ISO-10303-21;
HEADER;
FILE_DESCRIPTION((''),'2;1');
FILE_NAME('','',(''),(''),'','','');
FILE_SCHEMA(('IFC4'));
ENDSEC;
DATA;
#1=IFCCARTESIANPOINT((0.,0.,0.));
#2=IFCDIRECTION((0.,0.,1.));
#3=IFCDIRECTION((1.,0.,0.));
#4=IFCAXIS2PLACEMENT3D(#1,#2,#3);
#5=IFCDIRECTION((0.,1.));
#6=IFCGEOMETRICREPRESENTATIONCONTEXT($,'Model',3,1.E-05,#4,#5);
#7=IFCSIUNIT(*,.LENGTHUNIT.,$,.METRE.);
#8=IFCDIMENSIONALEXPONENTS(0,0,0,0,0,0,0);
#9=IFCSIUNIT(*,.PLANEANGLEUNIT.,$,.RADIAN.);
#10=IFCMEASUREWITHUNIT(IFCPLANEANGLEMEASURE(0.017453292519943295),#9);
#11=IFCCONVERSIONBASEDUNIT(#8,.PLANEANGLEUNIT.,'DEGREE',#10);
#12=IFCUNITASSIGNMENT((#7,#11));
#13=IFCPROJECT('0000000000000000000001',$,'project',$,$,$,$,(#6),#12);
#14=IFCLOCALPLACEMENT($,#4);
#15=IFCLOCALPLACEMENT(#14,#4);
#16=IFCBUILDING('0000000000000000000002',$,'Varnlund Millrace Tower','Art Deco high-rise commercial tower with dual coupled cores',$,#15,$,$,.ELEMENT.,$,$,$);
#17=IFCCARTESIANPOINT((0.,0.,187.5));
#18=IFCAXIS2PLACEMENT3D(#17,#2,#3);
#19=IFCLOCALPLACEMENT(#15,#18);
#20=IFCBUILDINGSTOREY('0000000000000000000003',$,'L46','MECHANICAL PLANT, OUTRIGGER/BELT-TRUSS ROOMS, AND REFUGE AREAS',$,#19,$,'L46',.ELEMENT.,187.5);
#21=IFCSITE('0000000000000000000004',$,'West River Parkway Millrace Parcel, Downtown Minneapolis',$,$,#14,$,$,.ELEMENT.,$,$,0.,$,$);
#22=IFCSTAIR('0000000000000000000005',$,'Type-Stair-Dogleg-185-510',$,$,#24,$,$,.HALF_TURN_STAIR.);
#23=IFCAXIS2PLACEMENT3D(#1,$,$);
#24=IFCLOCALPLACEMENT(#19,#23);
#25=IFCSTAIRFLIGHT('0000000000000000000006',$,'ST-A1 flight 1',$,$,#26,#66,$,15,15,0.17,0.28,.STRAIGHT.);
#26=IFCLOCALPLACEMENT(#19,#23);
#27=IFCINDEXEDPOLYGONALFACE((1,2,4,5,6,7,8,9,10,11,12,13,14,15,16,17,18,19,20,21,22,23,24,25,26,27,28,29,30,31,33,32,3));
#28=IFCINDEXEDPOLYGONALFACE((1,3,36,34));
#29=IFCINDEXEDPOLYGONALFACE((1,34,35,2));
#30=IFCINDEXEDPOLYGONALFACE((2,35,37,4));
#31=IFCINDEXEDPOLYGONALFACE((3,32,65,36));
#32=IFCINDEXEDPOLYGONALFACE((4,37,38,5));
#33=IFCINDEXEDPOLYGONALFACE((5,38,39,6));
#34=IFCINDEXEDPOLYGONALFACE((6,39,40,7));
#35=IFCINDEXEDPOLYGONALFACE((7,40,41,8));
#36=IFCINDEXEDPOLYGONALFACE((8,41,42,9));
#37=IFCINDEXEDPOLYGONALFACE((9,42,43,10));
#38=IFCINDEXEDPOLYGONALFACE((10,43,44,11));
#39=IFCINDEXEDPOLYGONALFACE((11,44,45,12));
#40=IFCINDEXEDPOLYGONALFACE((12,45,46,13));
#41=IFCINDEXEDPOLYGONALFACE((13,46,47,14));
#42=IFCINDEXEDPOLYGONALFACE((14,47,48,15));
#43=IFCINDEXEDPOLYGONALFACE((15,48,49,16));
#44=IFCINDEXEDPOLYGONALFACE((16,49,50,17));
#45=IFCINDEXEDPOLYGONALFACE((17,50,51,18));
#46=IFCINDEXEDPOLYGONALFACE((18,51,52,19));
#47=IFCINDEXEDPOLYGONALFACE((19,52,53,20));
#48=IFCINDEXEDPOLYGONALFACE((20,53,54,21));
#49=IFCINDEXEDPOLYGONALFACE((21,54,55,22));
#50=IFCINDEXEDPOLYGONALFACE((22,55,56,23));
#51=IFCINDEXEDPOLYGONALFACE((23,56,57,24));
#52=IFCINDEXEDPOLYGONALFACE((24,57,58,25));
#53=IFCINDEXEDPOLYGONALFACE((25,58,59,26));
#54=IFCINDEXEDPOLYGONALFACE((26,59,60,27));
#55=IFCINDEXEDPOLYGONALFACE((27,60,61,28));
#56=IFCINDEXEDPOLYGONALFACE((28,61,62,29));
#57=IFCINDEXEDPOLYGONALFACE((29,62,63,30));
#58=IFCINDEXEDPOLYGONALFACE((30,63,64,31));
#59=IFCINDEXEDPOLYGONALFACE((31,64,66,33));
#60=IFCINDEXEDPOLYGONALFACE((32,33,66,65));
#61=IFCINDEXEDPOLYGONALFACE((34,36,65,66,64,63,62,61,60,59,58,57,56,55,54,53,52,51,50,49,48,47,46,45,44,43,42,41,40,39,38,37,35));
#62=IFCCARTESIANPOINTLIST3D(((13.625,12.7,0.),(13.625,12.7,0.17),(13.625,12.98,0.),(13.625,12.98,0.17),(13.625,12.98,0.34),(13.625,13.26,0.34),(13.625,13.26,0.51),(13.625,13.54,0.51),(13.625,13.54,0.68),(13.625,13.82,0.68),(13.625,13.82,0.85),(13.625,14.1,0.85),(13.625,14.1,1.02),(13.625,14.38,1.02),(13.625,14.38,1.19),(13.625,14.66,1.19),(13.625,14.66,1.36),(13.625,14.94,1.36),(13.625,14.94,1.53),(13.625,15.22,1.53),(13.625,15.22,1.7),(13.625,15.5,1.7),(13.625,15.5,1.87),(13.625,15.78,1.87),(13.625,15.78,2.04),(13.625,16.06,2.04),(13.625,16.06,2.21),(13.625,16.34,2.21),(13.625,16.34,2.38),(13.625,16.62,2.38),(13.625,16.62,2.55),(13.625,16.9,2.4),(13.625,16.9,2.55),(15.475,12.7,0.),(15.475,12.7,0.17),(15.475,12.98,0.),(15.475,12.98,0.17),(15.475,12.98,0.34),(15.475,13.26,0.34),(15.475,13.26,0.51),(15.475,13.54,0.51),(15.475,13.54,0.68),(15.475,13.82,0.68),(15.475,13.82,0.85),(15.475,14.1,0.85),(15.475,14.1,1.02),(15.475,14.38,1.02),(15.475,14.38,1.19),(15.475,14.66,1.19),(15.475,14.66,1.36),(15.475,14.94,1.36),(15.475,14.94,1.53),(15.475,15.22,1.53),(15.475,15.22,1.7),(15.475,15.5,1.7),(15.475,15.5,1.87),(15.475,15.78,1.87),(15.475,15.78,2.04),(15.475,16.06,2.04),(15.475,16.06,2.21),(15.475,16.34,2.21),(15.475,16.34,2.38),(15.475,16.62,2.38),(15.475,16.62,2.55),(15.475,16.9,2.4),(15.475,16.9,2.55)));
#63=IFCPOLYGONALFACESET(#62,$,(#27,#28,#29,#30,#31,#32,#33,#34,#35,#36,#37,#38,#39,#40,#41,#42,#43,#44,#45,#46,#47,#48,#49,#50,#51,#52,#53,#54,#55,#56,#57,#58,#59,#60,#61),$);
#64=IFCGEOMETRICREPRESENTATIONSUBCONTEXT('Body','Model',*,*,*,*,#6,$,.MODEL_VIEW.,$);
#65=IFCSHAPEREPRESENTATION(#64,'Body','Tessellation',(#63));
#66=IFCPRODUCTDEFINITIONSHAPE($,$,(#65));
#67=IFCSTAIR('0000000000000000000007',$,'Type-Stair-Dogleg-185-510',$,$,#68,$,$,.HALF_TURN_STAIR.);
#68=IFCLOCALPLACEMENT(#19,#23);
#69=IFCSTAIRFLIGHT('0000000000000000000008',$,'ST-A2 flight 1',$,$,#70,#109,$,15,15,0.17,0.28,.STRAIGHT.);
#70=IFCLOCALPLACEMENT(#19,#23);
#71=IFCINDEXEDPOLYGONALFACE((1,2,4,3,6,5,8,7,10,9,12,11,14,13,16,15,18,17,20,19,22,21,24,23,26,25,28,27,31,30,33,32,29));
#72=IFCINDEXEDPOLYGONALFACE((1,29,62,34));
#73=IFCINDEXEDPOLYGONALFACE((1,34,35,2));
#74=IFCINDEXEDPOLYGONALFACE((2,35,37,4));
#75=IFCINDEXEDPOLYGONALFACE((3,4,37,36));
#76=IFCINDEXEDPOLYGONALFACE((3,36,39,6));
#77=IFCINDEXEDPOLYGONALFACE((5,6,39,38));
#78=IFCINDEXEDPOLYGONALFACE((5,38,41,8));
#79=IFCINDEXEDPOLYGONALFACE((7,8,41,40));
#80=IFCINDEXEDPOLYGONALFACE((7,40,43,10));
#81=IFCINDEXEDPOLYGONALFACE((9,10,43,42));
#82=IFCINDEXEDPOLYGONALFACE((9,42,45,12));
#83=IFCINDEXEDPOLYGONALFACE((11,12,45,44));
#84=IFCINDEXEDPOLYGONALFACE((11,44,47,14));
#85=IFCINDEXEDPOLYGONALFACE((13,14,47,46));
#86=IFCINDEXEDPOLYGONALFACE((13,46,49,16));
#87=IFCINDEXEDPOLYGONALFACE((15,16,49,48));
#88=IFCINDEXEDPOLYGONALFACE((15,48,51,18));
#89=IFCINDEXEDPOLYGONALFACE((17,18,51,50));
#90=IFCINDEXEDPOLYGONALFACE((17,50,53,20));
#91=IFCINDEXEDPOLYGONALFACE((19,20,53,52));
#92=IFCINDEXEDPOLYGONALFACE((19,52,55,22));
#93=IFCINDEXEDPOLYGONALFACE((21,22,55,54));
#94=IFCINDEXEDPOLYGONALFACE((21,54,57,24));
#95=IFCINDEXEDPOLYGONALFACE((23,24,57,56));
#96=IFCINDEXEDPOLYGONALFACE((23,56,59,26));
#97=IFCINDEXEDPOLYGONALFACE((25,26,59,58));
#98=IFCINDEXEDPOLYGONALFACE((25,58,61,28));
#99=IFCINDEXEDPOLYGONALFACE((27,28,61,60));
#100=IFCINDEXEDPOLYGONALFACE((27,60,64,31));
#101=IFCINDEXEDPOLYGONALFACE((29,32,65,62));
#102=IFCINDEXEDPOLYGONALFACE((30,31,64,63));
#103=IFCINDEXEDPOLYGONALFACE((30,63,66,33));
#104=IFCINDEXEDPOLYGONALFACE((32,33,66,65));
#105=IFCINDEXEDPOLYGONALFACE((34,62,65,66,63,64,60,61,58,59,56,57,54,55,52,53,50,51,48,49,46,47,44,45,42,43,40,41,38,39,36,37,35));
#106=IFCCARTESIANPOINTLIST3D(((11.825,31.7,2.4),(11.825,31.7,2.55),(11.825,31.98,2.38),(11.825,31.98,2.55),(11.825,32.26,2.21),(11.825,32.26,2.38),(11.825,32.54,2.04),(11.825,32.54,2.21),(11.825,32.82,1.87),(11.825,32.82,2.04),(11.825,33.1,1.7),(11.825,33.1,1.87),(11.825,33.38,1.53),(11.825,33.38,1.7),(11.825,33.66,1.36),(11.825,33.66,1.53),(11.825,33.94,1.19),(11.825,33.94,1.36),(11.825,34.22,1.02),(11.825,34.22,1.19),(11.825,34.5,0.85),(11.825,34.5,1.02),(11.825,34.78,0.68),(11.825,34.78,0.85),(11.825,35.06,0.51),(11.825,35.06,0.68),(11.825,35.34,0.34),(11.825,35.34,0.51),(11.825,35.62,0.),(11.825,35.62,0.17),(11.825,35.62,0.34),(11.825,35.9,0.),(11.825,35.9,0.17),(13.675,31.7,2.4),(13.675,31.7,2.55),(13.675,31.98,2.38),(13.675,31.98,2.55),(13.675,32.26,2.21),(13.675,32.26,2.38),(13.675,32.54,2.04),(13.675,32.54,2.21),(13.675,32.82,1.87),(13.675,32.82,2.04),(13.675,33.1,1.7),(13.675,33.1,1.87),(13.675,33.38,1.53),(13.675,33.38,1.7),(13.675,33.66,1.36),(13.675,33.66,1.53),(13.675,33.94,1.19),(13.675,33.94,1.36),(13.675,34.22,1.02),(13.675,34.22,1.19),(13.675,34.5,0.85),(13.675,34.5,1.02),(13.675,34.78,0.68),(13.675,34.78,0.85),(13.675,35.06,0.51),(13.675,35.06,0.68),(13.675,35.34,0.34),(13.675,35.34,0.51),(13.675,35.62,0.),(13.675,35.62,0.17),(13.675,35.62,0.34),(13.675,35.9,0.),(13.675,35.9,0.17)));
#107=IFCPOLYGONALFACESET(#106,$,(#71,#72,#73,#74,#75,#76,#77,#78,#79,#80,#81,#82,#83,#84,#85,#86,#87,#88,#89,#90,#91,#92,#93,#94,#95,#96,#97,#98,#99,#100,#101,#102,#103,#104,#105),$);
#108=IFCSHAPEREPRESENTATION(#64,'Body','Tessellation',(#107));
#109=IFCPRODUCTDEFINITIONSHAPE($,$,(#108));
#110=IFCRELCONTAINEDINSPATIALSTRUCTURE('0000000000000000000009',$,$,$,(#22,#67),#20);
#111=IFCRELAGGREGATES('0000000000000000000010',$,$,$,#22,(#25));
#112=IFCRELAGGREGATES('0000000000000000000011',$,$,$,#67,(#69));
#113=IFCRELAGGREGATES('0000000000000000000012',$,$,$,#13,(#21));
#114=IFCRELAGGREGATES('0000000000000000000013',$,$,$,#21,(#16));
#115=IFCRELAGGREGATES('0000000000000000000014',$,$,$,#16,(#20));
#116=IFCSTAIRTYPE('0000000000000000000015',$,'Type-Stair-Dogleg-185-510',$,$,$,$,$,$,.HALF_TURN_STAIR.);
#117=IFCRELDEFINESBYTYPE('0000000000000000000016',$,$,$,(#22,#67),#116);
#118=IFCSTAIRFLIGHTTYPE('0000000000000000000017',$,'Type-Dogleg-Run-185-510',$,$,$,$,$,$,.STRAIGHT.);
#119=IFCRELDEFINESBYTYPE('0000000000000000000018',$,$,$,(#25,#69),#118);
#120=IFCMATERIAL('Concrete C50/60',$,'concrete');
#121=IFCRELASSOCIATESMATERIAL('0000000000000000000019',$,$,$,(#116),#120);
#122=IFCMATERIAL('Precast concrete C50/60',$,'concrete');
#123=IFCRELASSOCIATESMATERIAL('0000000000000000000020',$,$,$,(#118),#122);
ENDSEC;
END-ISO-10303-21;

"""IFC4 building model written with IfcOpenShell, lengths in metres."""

from ifc_helpers import new_model, entity, si_unit, converted_unit, direction, frame, origin_with_axes, place, context, subcontext, project, spatial, polyline, outline, extrude, material, type_object, element, aggregate, save


model = new_model("IFC4")

# Units and contexts
model_context = context("Model", 3, precision=1e-05, world=origin_with_axes(), true_north=direction((0.0, 1.0)))
body_context = subcontext(model_context, "Body", "Model", "MODEL_VIEW")
ifc_project = project(units=[si_unit("LENGTHUNIT", "METRE"), converted_unit("PLANEANGLEUNIT", "DEGREE", entity("IfcPlaneAngleMeasure", 0.017453292519943295), si_unit("PLANEANGLEUNIT", "RADIAN"), dimensions=[0, 0, 0, 0, 0, 0, 0])], contexts=[model_context])

# Site, building, storey
site_placement = place(None, origin_with_axes())
site = spatial("IfcSite", under=ifc_project, at=site_placement, Name="West River Parkway Millrace Parcel, Downtown Minneapolis", CompositionType="ELEMENT", RefElevation=0.0)
building_placement = place(site_placement, origin_with_axes())
building = spatial("IfcBuilding", under=site, at=building_placement, Name="Varnlund Millrace Tower", Description="Art Deco high-rise commercial tower with dual coupled cores", CompositionType="ELEMENT")
storey_placement = place(building_placement, frame((0.0, 0.0, 187.5), z_axis=(0.0, 0.0, 1.0), x_axis=(1.0, 0.0, 0.0)))
storey = spatial("IfcBuildingStorey", under=building, at=storey_placement, Name="L46", Description="MECHANICAL PLANT, OUTRIGGER/BELT-TRUSS ROOMS, AND REFUGE AREAS", LongName="L46", CompositionType="ELEMENT", Elevation=187.5)

# Stairs, stair flights
ifc_material_1 = material(Name="Concrete C50/60", Category="concrete")
stair_type = type_object("IfcStairType", Name="Type-Stair-Dogleg-185-510", PredefinedType="HALF_TURN_STAIR", material=ifc_material_1)
stair_1_placement = place(storey_placement, origin_with_axes())
stair_1 = element("IfcStair", 1, at=stair_1_placement, inside=storey, type_object=stair_type, Name="Type-Stair-Dogleg-185-510", PredefinedType="HALF_TURN_STAIR")
ifc_material_2 = material(Name="Precast concrete C50/60", Category="concrete")
stair_flight_type = type_object("IfcStairFlightType", Name="Type-Dogleg-Run-185-510", PredefinedType="STRAIGHT", material=ifc_material_2)
stair_flight_1_placement = place(storey_placement, frame((13.625, 12.7, 0.0), z_axis=(1.0, 0.0, 0.0), x_axis=(0.0, 1.0, 0.0)))
stair_flight_1 = element("IfcStairFlight", 2, at=stair_flight_1_placement, type_object=stair_flight_type, Name="ST-A1 flight 1", NumberOfRisers=15, NumberOfTreads=15, PredefinedType="STRAIGHT", RiserHeight=0.17, TreadLength=0.28, context=body_context, shape_type="SweptSolid", body=[
    extrude(outline(polyline([(0.0, 0.0), (0.0, 0.17), (0.28, 0.17), (0.28, 0.34), (0.56, 0.34), (0.56, 0.51), (0.84, 0.51), (0.84, 0.68), (1.12, 0.68), (1.12, 0.85), (1.4, 0.85), (1.4, 1.02), (1.68, 1.02), (1.68, 1.19), (1.96, 1.19), (1.96, 1.36), (2.24, 1.36), (2.24, 1.53), (2.52, 1.53), (2.52, 1.7), (2.8, 1.7), (2.8, 1.87), (3.08, 1.87), (3.08, 2.04), (3.36, 2.04), (3.36, 2.21), (3.64, 2.21), (3.64, 2.38), (3.92, 2.38), (3.92, 2.55), (4.2, 2.55), (4.2, 2.4), (0.28, 0.0), (0.0, 0.0)])), origin_with_axes(), (0.0, 0.0, 1.0), 1.85),
])
aggregate(stair_1, [stair_flight_1])
stair_2_placement = place(storey_placement, origin_with_axes())
stair_2 = element("IfcStair", 3, at=stair_2_placement, inside=storey, type_object=stair_type, Name="Type-Stair-Dogleg-185-510", PredefinedType="HALF_TURN_STAIR")
stair_flight_2_placement = place(storey_placement, frame((13.675, 35.9, 0.0), z_axis=(-1.0, 0.0, 0.0), x_axis=(0.0, -1.0, 0.0)))
stair_flight_2 = element("IfcStairFlight", 4, at=stair_flight_2_placement, type_object=stair_flight_type, Name="ST-A2 flight 1", NumberOfRisers=15, NumberOfTreads=15, PredefinedType="STRAIGHT", RiserHeight=0.17, TreadLength=0.28, context=body_context, shape_type="SweptSolid", body=[
    extrude(outline(polyline([(0.0, 0.0), (0.0, 0.17), (0.28, 0.17), (0.28, 0.34), (0.56, 0.34), (0.56, 0.51), (0.84, 0.51), (0.84, 0.68), (1.12, 0.68), (1.12, 0.85), (1.4, 0.85), (1.4, 1.02), (1.68, 1.02), (1.68, 1.19), (1.96, 1.19), (1.96, 1.36), (2.24, 1.36), (2.24, 1.53), (2.52, 1.53), (2.52, 1.7), (2.8, 1.7), (2.8, 1.87), (3.08, 1.87), (3.08, 2.04), (3.36, 2.04), (3.36, 2.21), (3.64, 2.21), (3.64, 2.38), (3.92, 2.38), (3.92, 2.55), (4.2, 2.55), (4.2, 2.4), (0.28, 0.0), (0.0, 0.0)])), origin_with_axes(), (0.0, 0.0, 1.0), 1.85),
])
aggregate(stair_2, [stair_flight_2])

save(model, "model.ifc")
